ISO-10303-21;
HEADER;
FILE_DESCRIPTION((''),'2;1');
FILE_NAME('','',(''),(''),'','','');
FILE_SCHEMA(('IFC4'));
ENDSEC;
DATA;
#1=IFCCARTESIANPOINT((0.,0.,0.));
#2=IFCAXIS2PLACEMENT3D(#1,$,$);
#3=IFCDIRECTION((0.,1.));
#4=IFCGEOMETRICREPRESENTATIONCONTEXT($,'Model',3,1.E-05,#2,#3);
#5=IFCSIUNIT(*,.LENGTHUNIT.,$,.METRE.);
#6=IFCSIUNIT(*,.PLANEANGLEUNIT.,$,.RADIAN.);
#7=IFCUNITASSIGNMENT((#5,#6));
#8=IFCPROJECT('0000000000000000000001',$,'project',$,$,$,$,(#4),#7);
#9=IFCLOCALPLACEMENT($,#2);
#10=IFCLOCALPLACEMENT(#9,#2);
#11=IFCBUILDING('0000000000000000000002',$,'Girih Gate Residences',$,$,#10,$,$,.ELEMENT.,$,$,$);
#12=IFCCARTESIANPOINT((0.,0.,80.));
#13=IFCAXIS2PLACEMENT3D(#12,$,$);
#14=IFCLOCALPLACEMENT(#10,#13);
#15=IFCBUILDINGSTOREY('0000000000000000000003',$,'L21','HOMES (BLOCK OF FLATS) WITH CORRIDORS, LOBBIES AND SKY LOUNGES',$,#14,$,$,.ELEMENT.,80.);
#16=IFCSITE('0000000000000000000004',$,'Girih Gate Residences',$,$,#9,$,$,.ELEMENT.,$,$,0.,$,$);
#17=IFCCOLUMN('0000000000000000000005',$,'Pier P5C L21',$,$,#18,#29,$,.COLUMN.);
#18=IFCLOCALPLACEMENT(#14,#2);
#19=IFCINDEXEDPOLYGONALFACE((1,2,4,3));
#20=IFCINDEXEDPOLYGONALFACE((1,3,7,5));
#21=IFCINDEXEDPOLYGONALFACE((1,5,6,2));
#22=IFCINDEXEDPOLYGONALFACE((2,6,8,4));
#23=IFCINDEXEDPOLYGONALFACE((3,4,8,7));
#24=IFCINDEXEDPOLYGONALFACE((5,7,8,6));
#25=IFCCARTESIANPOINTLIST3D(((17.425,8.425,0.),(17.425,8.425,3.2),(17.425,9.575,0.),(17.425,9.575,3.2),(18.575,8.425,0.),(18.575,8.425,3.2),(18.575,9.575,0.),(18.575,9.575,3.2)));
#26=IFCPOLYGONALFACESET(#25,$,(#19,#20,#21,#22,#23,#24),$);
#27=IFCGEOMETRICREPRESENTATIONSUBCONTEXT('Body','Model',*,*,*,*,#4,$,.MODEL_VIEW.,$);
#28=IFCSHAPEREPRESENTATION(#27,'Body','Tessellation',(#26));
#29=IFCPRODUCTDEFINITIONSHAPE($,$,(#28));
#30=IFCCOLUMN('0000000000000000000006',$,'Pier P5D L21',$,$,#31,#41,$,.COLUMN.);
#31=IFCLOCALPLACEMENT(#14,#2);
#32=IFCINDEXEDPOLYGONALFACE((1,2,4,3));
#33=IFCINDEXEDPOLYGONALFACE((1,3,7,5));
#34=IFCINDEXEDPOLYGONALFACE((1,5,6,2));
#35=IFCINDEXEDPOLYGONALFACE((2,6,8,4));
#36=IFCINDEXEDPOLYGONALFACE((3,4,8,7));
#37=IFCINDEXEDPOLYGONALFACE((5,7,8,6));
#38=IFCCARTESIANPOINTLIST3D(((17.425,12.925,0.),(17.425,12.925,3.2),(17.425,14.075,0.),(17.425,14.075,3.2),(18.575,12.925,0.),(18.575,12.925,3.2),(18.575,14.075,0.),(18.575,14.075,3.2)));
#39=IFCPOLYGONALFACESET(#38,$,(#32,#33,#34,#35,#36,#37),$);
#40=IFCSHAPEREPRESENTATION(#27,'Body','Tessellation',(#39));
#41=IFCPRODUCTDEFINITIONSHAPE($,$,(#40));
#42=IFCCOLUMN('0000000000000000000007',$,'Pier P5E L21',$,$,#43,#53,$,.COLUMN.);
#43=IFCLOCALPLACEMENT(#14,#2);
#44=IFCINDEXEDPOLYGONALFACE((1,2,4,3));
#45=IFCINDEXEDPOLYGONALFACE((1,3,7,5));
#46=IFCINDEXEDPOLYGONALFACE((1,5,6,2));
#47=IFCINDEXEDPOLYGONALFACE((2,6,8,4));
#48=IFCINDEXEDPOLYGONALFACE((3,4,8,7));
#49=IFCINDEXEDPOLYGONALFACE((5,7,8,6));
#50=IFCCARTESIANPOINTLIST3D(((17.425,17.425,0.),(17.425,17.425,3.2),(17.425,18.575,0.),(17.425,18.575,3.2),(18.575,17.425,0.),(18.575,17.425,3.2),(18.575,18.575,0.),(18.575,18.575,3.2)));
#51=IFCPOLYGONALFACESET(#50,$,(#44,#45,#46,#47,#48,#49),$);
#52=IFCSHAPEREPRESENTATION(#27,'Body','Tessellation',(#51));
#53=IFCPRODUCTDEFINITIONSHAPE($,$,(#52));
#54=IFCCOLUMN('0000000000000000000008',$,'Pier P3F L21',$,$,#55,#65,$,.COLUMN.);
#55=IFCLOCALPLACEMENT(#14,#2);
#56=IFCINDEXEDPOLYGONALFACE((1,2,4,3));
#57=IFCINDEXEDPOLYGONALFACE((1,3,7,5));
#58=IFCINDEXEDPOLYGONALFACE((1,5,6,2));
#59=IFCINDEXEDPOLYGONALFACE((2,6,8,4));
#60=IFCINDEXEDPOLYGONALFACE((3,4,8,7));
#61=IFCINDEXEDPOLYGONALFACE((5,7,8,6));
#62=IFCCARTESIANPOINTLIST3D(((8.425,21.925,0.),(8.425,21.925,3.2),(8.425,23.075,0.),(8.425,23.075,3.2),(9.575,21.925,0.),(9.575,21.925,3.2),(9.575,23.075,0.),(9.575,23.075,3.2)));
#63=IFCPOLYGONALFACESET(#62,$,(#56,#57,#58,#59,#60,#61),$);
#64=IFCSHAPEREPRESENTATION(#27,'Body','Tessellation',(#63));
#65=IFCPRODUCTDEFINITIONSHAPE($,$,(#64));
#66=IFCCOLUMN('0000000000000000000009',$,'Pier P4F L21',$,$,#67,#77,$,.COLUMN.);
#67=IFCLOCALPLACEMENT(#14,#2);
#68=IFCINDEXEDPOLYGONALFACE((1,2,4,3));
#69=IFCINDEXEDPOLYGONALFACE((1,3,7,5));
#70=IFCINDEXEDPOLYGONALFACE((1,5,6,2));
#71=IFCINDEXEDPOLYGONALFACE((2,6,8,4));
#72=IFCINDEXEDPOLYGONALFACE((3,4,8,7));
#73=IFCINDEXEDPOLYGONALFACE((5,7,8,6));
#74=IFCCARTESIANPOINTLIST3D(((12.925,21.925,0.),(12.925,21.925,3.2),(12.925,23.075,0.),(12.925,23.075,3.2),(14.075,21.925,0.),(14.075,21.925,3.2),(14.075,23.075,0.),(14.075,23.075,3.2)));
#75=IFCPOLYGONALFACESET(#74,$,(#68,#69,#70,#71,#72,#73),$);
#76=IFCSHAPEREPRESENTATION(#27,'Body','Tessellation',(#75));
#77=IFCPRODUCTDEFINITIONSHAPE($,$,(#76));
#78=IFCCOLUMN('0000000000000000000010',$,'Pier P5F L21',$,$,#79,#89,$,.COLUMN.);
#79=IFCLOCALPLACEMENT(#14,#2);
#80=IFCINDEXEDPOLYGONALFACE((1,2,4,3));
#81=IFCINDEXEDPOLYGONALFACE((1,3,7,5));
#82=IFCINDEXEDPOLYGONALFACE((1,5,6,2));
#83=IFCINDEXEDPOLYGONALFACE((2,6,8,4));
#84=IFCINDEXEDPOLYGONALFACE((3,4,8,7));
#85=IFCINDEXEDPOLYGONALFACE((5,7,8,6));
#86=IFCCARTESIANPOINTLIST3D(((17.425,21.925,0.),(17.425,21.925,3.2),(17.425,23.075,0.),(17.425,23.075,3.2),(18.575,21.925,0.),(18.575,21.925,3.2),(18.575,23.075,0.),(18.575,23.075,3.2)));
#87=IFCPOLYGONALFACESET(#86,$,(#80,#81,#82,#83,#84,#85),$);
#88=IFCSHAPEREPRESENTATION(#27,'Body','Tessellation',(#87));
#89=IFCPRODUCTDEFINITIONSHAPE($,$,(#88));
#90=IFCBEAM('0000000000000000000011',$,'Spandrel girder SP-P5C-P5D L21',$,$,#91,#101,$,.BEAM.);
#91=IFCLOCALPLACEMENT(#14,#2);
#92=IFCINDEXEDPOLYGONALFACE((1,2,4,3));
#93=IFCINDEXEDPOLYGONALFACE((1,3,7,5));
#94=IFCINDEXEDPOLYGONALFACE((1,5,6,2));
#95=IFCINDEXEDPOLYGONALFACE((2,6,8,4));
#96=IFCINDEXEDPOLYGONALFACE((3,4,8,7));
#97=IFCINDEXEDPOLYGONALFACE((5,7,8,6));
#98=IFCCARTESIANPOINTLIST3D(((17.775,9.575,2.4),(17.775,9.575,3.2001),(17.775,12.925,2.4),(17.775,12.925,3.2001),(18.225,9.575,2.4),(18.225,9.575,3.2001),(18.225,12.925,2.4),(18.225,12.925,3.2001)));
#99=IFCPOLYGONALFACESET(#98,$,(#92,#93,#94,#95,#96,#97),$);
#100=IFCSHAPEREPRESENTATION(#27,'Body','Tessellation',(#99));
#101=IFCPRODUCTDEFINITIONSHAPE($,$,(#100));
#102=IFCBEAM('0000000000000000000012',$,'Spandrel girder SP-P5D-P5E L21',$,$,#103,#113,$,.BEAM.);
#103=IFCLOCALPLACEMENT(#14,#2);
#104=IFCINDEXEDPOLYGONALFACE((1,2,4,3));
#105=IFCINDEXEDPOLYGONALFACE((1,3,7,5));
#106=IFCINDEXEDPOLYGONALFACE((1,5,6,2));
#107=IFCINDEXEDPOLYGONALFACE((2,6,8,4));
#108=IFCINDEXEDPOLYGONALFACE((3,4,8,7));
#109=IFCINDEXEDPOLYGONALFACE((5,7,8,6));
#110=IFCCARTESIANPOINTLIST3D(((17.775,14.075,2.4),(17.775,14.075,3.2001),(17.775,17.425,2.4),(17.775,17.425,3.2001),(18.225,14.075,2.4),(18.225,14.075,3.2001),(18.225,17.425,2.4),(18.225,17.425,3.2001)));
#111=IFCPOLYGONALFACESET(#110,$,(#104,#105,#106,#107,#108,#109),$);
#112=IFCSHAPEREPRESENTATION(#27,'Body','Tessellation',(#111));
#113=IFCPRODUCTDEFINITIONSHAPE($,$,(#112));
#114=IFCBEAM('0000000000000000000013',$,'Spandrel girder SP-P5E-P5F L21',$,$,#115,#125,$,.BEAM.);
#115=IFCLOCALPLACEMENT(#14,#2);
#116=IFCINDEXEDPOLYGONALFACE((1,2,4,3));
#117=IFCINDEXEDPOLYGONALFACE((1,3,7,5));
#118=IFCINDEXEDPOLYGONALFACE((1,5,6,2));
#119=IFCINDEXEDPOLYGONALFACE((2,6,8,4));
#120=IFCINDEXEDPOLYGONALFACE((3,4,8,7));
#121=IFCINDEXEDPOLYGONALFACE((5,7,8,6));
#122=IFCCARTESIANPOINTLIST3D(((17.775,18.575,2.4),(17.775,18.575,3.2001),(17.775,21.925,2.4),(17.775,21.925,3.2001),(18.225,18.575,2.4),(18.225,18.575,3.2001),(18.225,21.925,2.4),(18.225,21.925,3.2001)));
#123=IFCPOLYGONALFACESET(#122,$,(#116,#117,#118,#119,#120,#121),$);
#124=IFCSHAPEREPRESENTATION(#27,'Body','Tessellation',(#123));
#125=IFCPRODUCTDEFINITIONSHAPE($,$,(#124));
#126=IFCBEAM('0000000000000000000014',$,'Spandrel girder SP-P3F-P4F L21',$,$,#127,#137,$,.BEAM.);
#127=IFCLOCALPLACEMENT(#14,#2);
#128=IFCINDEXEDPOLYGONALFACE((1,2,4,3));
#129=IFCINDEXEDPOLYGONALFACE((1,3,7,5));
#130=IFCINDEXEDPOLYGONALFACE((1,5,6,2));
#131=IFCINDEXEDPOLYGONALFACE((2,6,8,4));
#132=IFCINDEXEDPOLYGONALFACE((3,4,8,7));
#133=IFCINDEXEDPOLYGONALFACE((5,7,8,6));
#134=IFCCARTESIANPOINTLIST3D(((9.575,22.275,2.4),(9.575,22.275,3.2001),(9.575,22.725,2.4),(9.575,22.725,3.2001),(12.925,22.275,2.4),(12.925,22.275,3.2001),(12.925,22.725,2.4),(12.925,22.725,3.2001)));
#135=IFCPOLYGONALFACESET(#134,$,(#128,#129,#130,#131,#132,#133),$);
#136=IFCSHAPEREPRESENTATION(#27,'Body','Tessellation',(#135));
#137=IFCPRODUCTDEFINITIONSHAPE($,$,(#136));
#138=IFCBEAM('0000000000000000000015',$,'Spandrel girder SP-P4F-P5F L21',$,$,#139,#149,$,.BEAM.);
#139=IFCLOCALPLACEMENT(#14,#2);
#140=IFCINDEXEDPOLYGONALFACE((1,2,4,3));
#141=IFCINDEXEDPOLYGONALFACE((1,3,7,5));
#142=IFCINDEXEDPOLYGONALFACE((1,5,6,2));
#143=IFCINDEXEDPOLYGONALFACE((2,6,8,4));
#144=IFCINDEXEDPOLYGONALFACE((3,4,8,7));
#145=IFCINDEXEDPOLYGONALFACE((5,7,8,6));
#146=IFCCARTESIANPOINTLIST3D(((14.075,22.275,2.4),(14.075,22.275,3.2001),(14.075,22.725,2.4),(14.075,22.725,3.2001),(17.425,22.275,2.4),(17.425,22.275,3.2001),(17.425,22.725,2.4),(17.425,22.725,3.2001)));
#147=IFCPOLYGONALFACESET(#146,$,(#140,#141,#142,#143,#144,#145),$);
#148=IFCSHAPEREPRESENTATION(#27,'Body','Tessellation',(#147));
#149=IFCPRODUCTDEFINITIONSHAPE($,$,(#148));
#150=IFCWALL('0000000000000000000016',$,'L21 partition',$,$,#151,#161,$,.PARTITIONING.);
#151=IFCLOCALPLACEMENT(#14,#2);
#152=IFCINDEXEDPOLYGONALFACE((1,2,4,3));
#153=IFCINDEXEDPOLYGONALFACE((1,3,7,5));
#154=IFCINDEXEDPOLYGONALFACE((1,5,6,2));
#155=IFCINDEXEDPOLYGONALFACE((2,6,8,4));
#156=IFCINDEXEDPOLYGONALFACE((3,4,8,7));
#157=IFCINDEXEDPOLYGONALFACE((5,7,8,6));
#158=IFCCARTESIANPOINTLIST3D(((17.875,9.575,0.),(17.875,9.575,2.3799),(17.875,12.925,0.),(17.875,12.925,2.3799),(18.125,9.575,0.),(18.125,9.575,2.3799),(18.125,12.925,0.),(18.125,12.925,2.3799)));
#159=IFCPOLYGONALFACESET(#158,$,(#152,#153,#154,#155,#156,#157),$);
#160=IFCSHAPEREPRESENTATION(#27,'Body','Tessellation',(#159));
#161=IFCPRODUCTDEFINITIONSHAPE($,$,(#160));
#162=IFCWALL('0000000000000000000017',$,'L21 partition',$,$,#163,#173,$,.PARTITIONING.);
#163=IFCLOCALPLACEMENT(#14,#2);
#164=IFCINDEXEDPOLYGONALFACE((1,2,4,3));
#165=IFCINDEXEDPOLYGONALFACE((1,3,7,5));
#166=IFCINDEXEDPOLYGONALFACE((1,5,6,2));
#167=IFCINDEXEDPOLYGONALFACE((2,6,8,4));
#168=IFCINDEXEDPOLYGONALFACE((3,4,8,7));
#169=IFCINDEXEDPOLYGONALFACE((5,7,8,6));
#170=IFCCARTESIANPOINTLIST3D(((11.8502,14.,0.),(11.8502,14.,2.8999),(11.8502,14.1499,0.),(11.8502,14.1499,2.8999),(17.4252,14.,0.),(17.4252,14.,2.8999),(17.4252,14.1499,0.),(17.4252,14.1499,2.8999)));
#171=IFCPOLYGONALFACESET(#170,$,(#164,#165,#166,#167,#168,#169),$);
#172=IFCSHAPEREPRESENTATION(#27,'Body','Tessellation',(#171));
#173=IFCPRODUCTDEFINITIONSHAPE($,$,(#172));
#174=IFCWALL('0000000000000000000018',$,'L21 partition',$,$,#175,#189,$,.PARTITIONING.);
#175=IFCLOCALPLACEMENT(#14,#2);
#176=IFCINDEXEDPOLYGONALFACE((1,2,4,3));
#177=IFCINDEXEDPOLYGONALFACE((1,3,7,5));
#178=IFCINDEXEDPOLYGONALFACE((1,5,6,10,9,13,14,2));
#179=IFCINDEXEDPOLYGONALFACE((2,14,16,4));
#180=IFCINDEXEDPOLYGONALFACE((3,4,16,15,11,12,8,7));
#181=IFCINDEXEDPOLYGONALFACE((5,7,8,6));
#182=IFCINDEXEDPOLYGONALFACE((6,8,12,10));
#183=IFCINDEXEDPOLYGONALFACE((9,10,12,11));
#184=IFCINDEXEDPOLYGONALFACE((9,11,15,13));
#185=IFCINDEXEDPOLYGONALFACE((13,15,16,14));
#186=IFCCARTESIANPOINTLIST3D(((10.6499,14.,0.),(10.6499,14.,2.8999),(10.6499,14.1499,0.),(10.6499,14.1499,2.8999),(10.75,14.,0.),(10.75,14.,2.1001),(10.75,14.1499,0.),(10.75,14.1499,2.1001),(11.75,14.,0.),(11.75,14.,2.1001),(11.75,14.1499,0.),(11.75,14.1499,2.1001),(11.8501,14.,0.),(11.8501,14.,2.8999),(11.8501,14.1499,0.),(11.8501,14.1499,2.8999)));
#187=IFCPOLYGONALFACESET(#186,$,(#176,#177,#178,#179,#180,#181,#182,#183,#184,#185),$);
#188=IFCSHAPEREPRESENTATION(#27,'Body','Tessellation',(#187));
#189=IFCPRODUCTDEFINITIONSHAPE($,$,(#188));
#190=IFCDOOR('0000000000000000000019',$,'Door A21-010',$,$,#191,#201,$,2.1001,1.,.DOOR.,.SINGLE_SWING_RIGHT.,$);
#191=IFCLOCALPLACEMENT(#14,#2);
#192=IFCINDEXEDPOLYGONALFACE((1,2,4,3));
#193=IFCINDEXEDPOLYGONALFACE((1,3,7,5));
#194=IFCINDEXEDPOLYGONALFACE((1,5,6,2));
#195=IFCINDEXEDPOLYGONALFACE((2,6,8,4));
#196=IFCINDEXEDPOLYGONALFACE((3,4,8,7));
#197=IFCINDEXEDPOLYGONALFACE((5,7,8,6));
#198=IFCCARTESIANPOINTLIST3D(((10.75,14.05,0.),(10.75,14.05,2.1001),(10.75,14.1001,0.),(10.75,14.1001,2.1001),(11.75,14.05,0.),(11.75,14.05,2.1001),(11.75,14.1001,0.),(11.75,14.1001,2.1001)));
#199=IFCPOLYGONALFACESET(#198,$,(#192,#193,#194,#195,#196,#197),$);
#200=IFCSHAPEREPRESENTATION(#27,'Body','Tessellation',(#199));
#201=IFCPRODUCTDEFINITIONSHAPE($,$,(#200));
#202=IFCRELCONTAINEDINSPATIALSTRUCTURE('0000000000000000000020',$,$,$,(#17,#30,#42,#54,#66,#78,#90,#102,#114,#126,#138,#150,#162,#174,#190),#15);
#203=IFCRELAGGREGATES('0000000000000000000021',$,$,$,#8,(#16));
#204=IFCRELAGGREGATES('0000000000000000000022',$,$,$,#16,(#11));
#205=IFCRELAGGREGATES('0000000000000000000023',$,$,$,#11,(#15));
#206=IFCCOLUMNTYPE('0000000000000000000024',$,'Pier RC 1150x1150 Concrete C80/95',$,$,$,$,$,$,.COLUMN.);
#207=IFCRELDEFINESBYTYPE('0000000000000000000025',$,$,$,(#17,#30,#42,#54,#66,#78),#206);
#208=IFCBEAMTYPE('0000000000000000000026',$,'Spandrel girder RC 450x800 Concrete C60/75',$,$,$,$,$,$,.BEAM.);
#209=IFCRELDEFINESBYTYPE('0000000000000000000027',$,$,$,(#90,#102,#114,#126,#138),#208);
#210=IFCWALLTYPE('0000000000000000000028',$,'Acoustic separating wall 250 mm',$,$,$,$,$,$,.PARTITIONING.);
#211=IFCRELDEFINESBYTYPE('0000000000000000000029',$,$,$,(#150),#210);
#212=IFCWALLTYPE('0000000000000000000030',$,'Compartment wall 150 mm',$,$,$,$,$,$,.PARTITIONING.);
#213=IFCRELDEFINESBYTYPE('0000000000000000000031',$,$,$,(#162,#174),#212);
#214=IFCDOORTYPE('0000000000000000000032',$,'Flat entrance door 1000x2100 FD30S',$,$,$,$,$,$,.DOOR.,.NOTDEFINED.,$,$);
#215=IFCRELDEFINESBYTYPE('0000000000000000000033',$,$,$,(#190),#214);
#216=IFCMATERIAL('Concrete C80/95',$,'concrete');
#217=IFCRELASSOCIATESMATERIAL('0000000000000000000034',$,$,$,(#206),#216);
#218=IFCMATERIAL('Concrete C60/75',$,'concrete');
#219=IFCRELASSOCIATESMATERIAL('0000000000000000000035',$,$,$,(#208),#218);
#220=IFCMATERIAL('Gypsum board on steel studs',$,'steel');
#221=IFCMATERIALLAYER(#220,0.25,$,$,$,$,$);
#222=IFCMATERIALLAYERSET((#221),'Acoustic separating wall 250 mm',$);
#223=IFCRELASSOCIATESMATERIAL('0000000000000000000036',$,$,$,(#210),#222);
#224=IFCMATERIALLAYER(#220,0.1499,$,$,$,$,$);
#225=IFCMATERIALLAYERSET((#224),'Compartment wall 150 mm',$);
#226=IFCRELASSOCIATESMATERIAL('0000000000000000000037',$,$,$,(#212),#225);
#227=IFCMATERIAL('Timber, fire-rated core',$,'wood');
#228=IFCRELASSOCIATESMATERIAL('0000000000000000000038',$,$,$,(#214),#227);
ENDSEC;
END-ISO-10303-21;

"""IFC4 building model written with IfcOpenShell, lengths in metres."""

from ifc_helpers import new_model, si_unit, direction, frame, frame_2d, origin, origin_2d, place, context, subcontext, project, spatial, rectangle, extrude, material, layer, layer_set, material_profile, profile_set, type_object, element, fill, save


model = new_model("IFC4")

# Units and contexts
model_context = context("Model", 3, precision=1e-05, world=origin(), true_north=direction((0.0, 1.0)))
body_context = subcontext(model_context, "Body", "Model", "MODEL_VIEW")
ifc_project = project(units=[si_unit("LENGTHUNIT", "METRE"), si_unit("PLANEANGLEUNIT", "RADIAN")], contexts=[model_context])

# Site, building, storey
site_placement = place(None, origin())
site = spatial("IfcSite", under=ifc_project, at=site_placement, Name="Girih Gate Residences", CompositionType="ELEMENT", RefElevation=0.0)
building_placement = place(site_placement, origin())
building = spatial("IfcBuilding", under=site, at=building_placement, Name="Girih Gate Residences", CompositionType="ELEMENT")
storey_placement = place(building_placement, frame((0.0, 0.0, 80.0)))
storey = spatial("IfcBuildingStorey", under=building, at=storey_placement, Name="L21", Description="HOMES (BLOCK OF FLATS) WITH CORRIDORS, LOBBIES AND SKY LOUNGES", CompositionType="ELEMENT", Elevation=80.0)

# Columns
ifc_material_1 = material(Name="Concrete C80/95", Category="concrete")
ifc_material_profile_1 = material_profile(ifc_material_1, rectangle(XDim=1.1499, YDim=1.1499, at=origin_2d()))
ifc_profile_set_1 = profile_set([ifc_material_profile_1], Name="Concrete C80/95")
column_type = type_object("IfcColumnType", Name="Pier RC 1150x1150 Concrete C80/95", PredefinedType="COLUMN", material=ifc_profile_set_1)
for number, where, z_axis, x_axis, name in (
    (1, (18.0, 9.0, 0.0), (0.0, 0.0, 1.0), (1.0, 0.0, 0.0), "Pier P5C L21"),
    (2, (18.0, 13.5, 0.0), (0.0, 0.0, 1.0), (1.0, 0.0, 0.0), "Pier P5D L21"),
    (3, (18.0, 18.0, 0.0), (0.0, 0.0, 1.0), (1.0, 0.0, 0.0), "Pier P5E L21"),
    (4, (9.0, 22.5, 0.0), (0.0, 0.0, 1.0), (1.0, 0.0, 0.0), "Pier P3F L21"),
    (5, (13.5, 22.5, 0.0), (0.0, 0.0, 1.0), (1.0, 0.0, 0.0), "Pier P4F L21"),
    (6, (18.0, 22.5, 0.0), (0.0, 0.0, 1.0), (1.0, 0.0, 0.0), "Pier P5F L21"),
):
    element("IfcColumn", number, at=place(storey_placement, frame(where, z_axis=z_axis, x_axis=x_axis)), inside=storey, type_object=column_type, Name=name, PredefinedType="COLUMN", context=body_context, shape_type="SweptSolid", body=[
        extrude(rectangle(XDim=1.1499, YDim=1.1499, at=origin_2d()), origin(), (0.0, 0.0, 1.0), 3.2),
    ])

# Beams
ifc_material_2 = material(Name="Concrete C60/75", Category="concrete")
ifc_material_profile_2 = material_profile(ifc_material_2, rectangle(XDim=0.45, YDim=0.8, at=origin_2d()))
ifc_profile_set_2 = profile_set([ifc_material_profile_2], Name="Concrete C60/75")
beam_type = type_object("IfcBeamType", Name="Spandrel girder RC 450x800 Concrete C60/75", PredefinedType="BEAM", material=ifc_profile_set_2)
for number, where, z_axis, x_axis, name in (
    (7, (18.0, 9.575, 2.8), (0.0, 1.0, 0.0), (-1.0, 0.0, 0.0), "Spandrel girder SP-P5C-P5D L21"),
    (8, (18.0, 14.075, 2.8), (0.0, 1.0, 0.0), (-1.0, 0.0, 0.0), "Spandrel girder SP-P5D-P5E L21"),
    (9, (18.0, 18.575, 2.8), (0.0, 1.0, 0.0), (-1.0, 0.0, 0.0), "Spandrel girder SP-P5E-P5F L21"),
    (10, (9.575, 22.5, 2.8), (1.0, 0.0, 0.0), (0.0, 1.0, 0.0), "Spandrel girder SP-P3F-P4F L21"),
    (11, (14.075, 22.5, 2.8), (1.0, 0.0, 0.0), (0.0, 1.0, 0.0), "Spandrel girder SP-P4F-P5F L21"),
):
    element("IfcBeam", number, at=place(storey_placement, frame(where, z_axis=z_axis, x_axis=x_axis)), inside=storey, type_object=beam_type, Name=name, PredefinedType="BEAM", context=body_context, shape_type="SweptSolid", body=[
        extrude(rectangle(XDim=0.45, YDim=0.8, at=origin_2d()), origin(), (0.0, 0.0, 1.0), 3.3501),
    ])

# Walls
ifc_material_3 = material(Name="Gypsum board on steel studs", Category="steel")
ifc_layer_1 = layer(ifc_material_3, 0.25)
ifc_layer_set_1 = layer_set([ifc_layer_1], Name="Acoustic separating wall 250 mm")
wall_type_1 = type_object("IfcWallType", Name="Acoustic separating wall 250 mm", PredefinedType="PARTITIONING", material=ifc_layer_set_1)
wall_1_placement = place(storey_placement, frame((18.0, 9.575, 0.0), z_axis=(0.0, 0.0, 1.0), x_axis=(0.0, 1.0, 0.0)))
element("IfcWall", 12, at=wall_1_placement, inside=storey, type_object=wall_type_1, Name="L21 partition", PredefinedType="PARTITIONING", context=body_context, shape_type="SweptSolid", body=[
    extrude(rectangle(XDim=3.3501, YDim=0.25, at=frame_2d((1.675, 0.0))), origin(), (0.0, 0.0, 1.0), 2.3799),
])
ifc_layer_2 = layer(ifc_material_3, 0.1499)
ifc_layer_set_2 = layer_set([ifc_layer_2], Name="Compartment wall 150 mm")
wall_type_2 = type_object("IfcWallType", Name="Compartment wall 150 mm", PredefinedType="PARTITIONING", material=ifc_layer_set_2)
wall_2_placement = place(storey_placement, frame((11.8501, 14.075, 0.0), z_axis=(0.0, 0.0, 1.0), x_axis=(1.0, 0.0, 0.0)))
element("IfcWall", 13, at=wall_2_placement, inside=storey, type_object=wall_type_2, Name="L21 partition", PredefinedType="PARTITIONING", context=body_context, shape_type="SweptSolid", body=[
    extrude(rectangle(XDim=5.575, YDim=0.1499, at=frame_2d((2.7876, 0.0))), origin(), (0.0, 0.0, 1.0), 2.8999),
])

# Wall, opening, door
wall_3_placement = place(storey_placement, frame((11.8501, 14.075, 0.0), z_axis=(0.0, 0.0, 1.0), x_axis=(-1.0, 0.0, 0.0)))
wall_3 = element("IfcWall", 14, at=wall_3_placement, inside=storey, type_object=wall_type_2, Name="L21 partition", PredefinedType="PARTITIONING", context=body_context, shape_type="SweptSolid", body=[
    extrude(rectangle(XDim=1.2002, YDim=0.1499, at=frame_2d((0.6001, 0.0))), origin(), (0.0, 0.0, 1.0), 2.8999),
])
opening_1_placement = place(wall_3_placement, frame((0.1001, 0.0, 0.0)))
opening_1 = element("IfcOpeningElement", 15, at=opening_1_placement, cuts=wall_3, PredefinedType="OPENING", context=body_context, shape_type="SweptSolid", body=[
    extrude(rectangle(XDim=1.0, YDim=2.1001, at=frame_2d((0.5, 1.05))), frame((0.0, 0.085, 0.0), z_axis=(0.0, -1.0, 0.0), x_axis=(1.0, 0.0, 0.0)), (0.0, 0.0, 1.0), 0.1699),
])
ifc_material_4 = material(Name="Timber, fire-rated core", Category="wood")
door_type_1 = type_object("IfcDoorType", Name="Flat entrance door 1000x2100 FD30S", OperationType="NOTDEFINED", PredefinedType="DOOR", material=ifc_material_4)
door_1_placement = place(opening_1_placement, origin())
door_1 = element("IfcDoor", 16, at=door_1_placement, inside=storey, type_object=door_type_1, Name="Door A21-010", OperationType="SINGLE_SWING_RIGHT", OverallHeight=2.1001, OverallWidth=1.0, PredefinedType="DOOR", context=body_context, shape_type="SweptSolid", body=[
    extrude(rectangle(XDim=1.0, YDim=2.1001, at=frame_2d((0.5, 1.05))), frame((0.0, 0.0249, 0.0), z_axis=(0.0, -1.0, 0.0), x_axis=(1.0, 0.0, 0.0)), (0.0, 0.0, 1.0), 0.05),
])
fill(opening_1, door_1)

save(model, "model.ifc")
